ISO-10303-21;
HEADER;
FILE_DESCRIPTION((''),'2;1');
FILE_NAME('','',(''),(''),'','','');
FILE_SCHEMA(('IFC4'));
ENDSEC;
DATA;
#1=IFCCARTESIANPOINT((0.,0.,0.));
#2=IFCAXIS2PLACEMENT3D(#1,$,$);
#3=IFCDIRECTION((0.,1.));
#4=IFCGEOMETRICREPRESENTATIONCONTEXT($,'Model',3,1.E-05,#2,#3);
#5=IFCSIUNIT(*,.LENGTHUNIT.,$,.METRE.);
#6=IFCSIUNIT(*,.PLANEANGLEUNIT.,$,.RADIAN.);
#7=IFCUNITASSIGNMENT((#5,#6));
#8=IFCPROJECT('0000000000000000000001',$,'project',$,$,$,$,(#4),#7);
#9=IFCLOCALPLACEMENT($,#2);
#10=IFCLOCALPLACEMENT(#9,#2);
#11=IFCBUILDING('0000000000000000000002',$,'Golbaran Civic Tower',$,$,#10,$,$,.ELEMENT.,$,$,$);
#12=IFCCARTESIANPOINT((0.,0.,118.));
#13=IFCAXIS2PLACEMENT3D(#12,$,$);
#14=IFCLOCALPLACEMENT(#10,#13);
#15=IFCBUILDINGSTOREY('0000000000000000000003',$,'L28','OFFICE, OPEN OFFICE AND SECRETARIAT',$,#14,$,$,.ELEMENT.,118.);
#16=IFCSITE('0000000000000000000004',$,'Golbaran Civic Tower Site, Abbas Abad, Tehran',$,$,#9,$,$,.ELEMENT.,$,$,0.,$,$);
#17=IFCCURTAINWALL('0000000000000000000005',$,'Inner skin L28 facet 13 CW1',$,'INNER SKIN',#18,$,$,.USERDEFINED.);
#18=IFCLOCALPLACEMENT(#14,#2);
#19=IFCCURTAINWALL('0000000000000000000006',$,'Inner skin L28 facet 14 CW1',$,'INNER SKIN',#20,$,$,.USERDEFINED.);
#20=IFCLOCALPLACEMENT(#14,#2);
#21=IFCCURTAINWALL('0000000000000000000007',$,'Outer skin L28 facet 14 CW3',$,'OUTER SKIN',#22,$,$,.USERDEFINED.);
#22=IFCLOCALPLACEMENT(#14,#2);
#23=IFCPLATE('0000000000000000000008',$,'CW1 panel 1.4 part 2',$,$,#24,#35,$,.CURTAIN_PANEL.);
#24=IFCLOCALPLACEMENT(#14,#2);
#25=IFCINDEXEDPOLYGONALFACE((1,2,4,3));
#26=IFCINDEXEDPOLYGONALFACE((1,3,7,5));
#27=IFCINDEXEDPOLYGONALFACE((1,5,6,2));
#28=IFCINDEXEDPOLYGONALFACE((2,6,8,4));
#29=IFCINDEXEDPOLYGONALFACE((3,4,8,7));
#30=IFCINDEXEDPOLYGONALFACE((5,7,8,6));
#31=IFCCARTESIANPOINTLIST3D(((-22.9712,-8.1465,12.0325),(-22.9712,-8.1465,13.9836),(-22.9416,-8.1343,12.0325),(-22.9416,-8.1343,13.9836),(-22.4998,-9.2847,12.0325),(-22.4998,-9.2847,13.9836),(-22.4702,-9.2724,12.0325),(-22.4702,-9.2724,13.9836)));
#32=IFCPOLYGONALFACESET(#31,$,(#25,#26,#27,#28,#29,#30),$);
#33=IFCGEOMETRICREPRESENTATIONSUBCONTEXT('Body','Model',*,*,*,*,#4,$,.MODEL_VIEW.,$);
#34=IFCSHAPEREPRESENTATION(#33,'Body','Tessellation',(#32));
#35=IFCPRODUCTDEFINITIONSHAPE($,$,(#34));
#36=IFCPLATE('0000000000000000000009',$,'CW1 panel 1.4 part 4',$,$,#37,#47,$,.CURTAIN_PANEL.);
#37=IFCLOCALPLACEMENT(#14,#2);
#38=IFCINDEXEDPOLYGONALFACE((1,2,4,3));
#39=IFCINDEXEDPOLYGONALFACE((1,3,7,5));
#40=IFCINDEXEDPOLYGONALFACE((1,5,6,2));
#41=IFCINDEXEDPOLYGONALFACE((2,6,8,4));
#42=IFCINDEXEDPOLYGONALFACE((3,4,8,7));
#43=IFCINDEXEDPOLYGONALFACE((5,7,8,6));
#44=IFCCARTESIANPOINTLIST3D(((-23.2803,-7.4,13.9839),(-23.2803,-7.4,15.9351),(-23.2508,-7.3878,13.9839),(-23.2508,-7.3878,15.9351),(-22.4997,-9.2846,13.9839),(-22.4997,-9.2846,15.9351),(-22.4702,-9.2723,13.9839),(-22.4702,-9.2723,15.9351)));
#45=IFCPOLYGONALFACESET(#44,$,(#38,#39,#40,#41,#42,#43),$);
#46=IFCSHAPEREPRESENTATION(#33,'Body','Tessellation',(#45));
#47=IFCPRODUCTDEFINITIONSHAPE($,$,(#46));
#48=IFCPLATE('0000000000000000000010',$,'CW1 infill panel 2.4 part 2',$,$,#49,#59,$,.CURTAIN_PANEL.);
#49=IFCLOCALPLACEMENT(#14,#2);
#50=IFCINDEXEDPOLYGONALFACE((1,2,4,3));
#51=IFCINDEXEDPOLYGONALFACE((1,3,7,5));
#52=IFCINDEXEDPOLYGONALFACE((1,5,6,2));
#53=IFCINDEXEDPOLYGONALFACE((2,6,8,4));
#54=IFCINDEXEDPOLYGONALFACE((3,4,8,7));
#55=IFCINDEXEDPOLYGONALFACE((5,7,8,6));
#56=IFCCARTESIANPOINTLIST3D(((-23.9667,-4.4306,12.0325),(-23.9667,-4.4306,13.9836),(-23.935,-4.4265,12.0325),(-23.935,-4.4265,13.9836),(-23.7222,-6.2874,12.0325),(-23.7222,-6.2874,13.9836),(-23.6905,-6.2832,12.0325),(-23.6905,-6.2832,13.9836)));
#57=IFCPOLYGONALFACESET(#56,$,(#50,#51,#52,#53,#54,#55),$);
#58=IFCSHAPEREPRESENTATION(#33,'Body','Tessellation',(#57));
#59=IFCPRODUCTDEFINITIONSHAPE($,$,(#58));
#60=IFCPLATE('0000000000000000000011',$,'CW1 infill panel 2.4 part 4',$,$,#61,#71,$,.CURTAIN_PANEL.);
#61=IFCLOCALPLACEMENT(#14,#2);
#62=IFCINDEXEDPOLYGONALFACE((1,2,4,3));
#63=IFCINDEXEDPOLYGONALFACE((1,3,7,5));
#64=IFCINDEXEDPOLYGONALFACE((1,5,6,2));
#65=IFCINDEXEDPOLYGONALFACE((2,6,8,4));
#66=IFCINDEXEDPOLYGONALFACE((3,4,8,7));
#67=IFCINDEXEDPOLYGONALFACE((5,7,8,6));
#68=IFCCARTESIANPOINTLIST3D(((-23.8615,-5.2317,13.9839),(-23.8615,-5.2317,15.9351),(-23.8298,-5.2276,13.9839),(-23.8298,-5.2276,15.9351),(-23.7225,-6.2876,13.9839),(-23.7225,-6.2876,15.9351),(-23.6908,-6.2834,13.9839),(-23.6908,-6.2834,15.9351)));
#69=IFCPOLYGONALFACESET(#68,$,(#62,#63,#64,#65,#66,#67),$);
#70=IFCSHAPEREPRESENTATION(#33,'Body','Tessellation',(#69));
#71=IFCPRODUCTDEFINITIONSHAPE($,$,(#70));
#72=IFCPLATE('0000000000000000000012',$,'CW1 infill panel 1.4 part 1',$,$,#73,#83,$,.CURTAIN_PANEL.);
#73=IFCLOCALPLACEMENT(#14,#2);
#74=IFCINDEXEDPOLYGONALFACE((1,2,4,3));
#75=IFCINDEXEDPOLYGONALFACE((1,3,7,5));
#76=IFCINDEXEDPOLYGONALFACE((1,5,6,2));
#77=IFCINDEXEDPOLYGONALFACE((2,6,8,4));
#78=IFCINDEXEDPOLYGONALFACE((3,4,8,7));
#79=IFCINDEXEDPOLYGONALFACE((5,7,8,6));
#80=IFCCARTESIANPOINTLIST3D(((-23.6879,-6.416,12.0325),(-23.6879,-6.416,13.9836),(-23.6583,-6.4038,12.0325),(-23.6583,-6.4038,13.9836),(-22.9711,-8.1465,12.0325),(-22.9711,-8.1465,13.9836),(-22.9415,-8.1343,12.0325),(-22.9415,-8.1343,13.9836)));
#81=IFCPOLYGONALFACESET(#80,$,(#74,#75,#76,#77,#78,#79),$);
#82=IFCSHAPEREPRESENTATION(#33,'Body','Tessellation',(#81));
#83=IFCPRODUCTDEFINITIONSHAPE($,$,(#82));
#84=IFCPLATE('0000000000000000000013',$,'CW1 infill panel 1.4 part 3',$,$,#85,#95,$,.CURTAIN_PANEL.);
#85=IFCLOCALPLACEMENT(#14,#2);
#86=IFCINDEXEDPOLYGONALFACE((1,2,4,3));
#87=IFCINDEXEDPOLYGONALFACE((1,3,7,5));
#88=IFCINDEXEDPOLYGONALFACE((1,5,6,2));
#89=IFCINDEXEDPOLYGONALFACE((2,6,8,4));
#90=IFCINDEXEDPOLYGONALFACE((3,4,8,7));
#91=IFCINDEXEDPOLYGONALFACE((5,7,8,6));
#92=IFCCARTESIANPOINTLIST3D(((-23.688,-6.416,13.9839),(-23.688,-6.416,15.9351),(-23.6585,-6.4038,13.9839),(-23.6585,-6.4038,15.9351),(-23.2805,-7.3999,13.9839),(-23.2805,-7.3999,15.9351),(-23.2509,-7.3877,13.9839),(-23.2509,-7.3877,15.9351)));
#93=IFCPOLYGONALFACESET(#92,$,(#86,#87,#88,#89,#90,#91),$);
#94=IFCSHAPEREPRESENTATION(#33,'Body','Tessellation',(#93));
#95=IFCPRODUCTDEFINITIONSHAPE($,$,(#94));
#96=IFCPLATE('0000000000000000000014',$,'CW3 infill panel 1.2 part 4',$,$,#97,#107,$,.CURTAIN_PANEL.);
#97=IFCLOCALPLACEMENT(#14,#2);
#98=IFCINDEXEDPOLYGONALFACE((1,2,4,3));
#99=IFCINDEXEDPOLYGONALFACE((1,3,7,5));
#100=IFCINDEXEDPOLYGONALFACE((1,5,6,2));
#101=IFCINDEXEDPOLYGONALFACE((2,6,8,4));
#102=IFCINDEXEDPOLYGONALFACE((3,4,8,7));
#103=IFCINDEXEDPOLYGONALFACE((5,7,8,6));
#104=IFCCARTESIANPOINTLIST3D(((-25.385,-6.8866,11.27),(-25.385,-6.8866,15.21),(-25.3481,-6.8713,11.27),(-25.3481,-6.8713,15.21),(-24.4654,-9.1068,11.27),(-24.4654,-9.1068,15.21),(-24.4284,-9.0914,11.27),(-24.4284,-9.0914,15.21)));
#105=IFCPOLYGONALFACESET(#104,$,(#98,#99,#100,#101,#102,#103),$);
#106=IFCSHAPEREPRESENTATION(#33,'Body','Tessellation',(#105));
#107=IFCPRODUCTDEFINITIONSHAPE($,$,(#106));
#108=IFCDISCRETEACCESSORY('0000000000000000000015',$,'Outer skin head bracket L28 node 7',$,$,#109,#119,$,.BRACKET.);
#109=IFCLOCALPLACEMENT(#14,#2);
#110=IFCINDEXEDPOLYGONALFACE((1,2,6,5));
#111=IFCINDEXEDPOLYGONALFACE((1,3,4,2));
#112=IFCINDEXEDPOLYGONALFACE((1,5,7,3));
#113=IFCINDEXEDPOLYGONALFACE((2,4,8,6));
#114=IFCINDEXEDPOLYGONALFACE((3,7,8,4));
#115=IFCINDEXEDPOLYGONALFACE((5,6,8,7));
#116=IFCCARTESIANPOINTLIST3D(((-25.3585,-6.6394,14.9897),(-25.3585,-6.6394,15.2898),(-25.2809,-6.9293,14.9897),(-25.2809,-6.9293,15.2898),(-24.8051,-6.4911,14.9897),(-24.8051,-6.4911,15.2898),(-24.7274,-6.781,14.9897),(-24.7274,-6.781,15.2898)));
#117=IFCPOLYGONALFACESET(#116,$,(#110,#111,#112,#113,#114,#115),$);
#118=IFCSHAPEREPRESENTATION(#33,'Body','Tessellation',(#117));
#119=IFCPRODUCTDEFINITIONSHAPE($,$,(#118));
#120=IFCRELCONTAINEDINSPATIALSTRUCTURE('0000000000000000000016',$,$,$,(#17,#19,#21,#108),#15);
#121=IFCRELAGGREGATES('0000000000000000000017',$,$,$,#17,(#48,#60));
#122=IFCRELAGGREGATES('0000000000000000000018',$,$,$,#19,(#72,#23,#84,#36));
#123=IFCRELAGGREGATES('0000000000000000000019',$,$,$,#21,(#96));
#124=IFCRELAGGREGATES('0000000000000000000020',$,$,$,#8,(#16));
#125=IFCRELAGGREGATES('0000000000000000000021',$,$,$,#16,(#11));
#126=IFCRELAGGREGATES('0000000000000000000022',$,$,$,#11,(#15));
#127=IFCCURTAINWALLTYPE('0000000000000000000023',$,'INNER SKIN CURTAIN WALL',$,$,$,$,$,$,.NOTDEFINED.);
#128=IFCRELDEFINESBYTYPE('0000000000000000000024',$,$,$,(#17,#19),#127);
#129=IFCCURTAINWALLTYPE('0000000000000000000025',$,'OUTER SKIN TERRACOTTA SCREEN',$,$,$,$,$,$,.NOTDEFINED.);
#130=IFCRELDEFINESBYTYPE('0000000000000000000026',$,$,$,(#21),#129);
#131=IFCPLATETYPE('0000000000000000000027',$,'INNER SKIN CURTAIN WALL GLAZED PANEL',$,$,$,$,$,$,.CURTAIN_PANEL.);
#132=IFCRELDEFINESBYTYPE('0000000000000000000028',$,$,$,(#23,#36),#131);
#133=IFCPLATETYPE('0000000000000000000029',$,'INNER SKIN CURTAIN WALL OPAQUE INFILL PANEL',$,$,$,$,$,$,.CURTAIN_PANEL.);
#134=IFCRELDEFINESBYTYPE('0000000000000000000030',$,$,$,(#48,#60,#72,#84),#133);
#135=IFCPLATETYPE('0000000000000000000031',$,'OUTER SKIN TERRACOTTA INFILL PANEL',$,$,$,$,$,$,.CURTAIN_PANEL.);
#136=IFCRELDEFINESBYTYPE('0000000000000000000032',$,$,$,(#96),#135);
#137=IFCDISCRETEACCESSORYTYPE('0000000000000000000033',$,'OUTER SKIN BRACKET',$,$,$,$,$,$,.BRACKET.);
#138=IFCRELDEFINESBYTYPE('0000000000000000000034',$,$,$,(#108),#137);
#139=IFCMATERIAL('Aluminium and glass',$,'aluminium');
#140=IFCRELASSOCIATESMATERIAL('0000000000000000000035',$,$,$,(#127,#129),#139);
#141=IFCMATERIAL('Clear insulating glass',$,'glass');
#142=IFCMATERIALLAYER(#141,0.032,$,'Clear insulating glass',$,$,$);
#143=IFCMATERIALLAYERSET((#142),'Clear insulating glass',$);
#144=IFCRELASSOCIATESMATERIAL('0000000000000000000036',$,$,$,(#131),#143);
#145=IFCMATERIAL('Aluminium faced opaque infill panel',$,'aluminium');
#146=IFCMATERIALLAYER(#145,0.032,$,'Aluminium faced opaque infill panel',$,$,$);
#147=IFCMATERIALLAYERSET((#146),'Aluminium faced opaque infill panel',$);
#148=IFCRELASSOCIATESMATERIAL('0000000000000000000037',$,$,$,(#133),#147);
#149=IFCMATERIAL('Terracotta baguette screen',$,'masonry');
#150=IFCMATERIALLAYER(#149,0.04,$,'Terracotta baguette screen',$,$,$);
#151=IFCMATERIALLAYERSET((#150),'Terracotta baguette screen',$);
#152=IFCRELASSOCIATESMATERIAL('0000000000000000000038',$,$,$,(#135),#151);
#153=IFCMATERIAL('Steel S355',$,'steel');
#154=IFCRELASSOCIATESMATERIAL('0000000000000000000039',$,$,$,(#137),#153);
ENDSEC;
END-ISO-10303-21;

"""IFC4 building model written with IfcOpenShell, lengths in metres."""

from ifc_helpers import new_model, si_unit, direction, frame, origin, origin_2d, place, context, subcontext, project, spatial, rectangle, extrude, material, layer, layer_set, type_object, element, aggregate, save


model = new_model("IFC4")

# Units and contexts
model_context = context("Model", 3, precision=1e-05, world=origin(), true_north=direction((0.0, 1.0)))
body_context = subcontext(model_context, "Body", "Model", "MODEL_VIEW")
ifc_project = project(units=[si_unit("LENGTHUNIT", "METRE"), si_unit("PLANEANGLEUNIT", "RADIAN")], contexts=[model_context])

# Site, building, storey
site_placement = place(None, origin())
site = spatial("IfcSite", under=ifc_project, at=site_placement, Name="Golbaran Civic Tower Site, Abbas Abad, Tehran", CompositionType="ELEMENT", RefElevation=0.0)
building_placement = place(site_placement, origin())
building = spatial("IfcBuilding", under=site, at=building_placement, Name="Golbaran Civic Tower", CompositionType="ELEMENT")
storey_placement = place(building_placement, frame((0.0, 0.0, 118.0)))
storey = spatial("IfcBuildingStorey", under=building, at=storey_placement, Name="L28", Description="OFFICE, OPEN OFFICE AND SECRETARIAT", CompositionType="ELEMENT", Elevation=118.0)

# Curtain walls
ifc_material_1 = material(Name="Aluminium and glass", Category="aluminium")
curtain_wall_type_1 = type_object("IfcCurtainWallType", Name="INNER SKIN CURTAIN WALL", PredefinedType="NOTDEFINED", material=ifc_material_1)
curtain_wall_1_placement = place(storey_placement, origin())
curtain_wall_1 = element("IfcCurtainWall", 1, at=curtain_wall_1_placement, inside=storey, type_object=curtain_wall_type_1, Name="Inner skin L28 facet 13 CW1", ObjectType="INNER SKIN", PredefinedType="USERDEFINED")
curtain_wall_2_placement = place(storey_placement, origin())
curtain_wall_2 = element("IfcCurtainWall", 2, at=curtain_wall_2_placement, inside=storey, type_object=curtain_wall_type_1, Name="Inner skin L28 facet 14 CW1", ObjectType="INNER SKIN", PredefinedType="USERDEFINED")

# Curtain wall
curtain_wall_type_2 = type_object("IfcCurtainWallType", Name="OUTER SKIN TERRACOTTA SCREEN", PredefinedType="NOTDEFINED", material=ifc_material_1)
curtain_wall_3_placement = place(storey_placement, origin())
curtain_wall_3 = element("IfcCurtainWall", 3, at=curtain_wall_3_placement, inside=storey, type_object=curtain_wall_type_2, Name="Outer skin L28 facet 14 CW3", ObjectType="OUTER SKIN", PredefinedType="USERDEFINED")

# Plates
ifc_material_2 = material(Name="Clear insulating glass", Category="glass")
ifc_layer_1 = layer(ifc_material_2, 0.032, Name="Clear insulating glass")
ifc_layer_set_1 = layer_set([ifc_layer_1], Name="Clear insulating glass")
plate_type_1 = type_object("IfcPlateType", Name="INNER SKIN CURTAIN WALL GLAZED PANEL", PredefinedType="CURTAIN_PANEL", material=ifc_layer_set_1)
plate_1_placement = place(storey_placement, frame((-22.7207, -8.7095, 12.0325), z_axis=(0.0, 0.0, 1.0), x_axis=(0.382683, -0.92388, 0.0)))
plate_1 = element("IfcPlate", 4, at=plate_1_placement, type_object=plate_type_1, Name="CW1 panel 1.4 part 2", PredefinedType="CURTAIN_PANEL", context=body_context, shape_type="SweptSolid", body=[
    extrude(rectangle(XDim=1.2319, YDim=0.032, at=origin_2d()), origin(), (0.0, 0.0, 1.0), 1.9512),
])
plate_2_placement = place(storey_placement, frame((-22.8752, -8.3362, 13.9839), z_axis=(0.0, 0.0, 1.0), x_axis=(0.382683, -0.92388, 0.0)))
plate_2 = element("IfcPlate", 5, at=plate_2_placement, type_object=plate_type_1, Name="CW1 panel 1.4 part 4", PredefinedType="CURTAIN_PANEL", context=body_context, shape_type="SweptSolid", body=[
    extrude(rectangle(XDim=2.0398, YDim=0.032, at=origin_2d()), origin(), (0.0, 0.0, 1.0), 1.9512),
])
ifc_material_3 = material(Name="Aluminium faced opaque infill panel", Category="aluminium")
ifc_layer_2 = layer(ifc_material_3, 0.032, Name="Aluminium faced opaque infill panel")
ifc_layer_set_2 = layer_set([ifc_layer_2], Name="Aluminium faced opaque infill panel")
plate_type_2 = type_object("IfcPlateType", Name="INNER SKIN CURTAIN WALL OPAQUE INFILL PANEL", PredefinedType="CURTAIN_PANEL", material=ifc_layer_set_2)
plate_3_placement = place(storey_placement, frame((-23.8286, -5.3569, 12.0325), z_axis=(0.0, 0.0, 1.0), x_axis=(0.130526, -0.991445, 0.0)))
plate_3 = element("IfcPlate", 6, at=plate_3_placement, type_object=plate_type_2, Name="CW1 infill panel 2.4 part 2", PredefinedType="CURTAIN_PANEL", context=body_context, shape_type="SweptSolid", body=[
    extrude(rectangle(XDim=1.8728, YDim=0.032, at=origin_2d()), origin(), (0.0, 0.0, 1.0), 1.9512),
])
plate_4_placement = place(storey_placement, frame((-23.7761, -5.7576, 13.9839), z_axis=(0.0, 0.0, 1.0), x_axis=(0.130526, -0.991445, 0.0)))
plate_4 = element("IfcPlate", 7, at=plate_4_placement, type_object=plate_type_2, Name="CW1 infill panel 2.4 part 4", PredefinedType="CURTAIN_PANEL", context=body_context, shape_type="SweptSolid", body=[
    extrude(rectangle(XDim=1.0649, YDim=0.032, at=origin_2d()), origin(), (0.0, 0.0, 1.0), 1.9512),
])
aggregate(curtain_wall_1, [plate_3, plate_4])
plate_5_placement = place(storey_placement, frame((-23.3147, -7.2751, 12.0325), z_axis=(0.0, 0.0, 1.0), x_axis=(0.382683, -0.92388, 0.0)))
plate_5 = element("IfcPlate", 8, at=plate_5_placement, type_object=plate_type_2, Name="CW1 infill panel 1.4 part 1", PredefinedType="CURTAIN_PANEL", context=body_context, shape_type="SweptSolid", body=[
    extrude(rectangle(XDim=1.873, YDim=0.032, at=origin_2d()), origin(), (0.0, 0.0, 1.0), 1.9512),
])
plate_6_placement = place(storey_placement, frame((-23.4695, -6.9019, 13.9839), z_axis=(0.0, 0.0, 1.0), x_axis=(0.382683, -0.92388, 0.0)))
plate_6 = element("IfcPlate", 9, at=plate_6_placement, type_object=plate_type_2, Name="CW1 infill panel 1.4 part 3", PredefinedType="CURTAIN_PANEL", context=body_context, shape_type="SweptSolid", body=[
    extrude(rectangle(XDim=1.0649, YDim=0.032, at=origin_2d()), origin(), (0.0, 0.0, 1.0), 1.9512),
])
aggregate(curtain_wall_2, [plate_5, plate_1, plate_6, plate_2])
ifc_material_4 = material(Name="Terracotta baguette screen", Category="masonry")
ifc_layer_3 = layer(ifc_material_4, 0.04, Name="Terracotta baguette screen")
ifc_layer_set_3 = layer_set([ifc_layer_3], Name="Terracotta baguette screen")
plate_type_3 = type_object("IfcPlateType", Name="OUTER SKIN TERRACOTTA INFILL PANEL", PredefinedType="CURTAIN_PANEL", material=ifc_layer_set_3)
plate_7_placement = place(storey_placement, frame((-24.9067, -7.989, 11.27), z_axis=(0.0, 0.0, 1.0), x_axis=(0.382683, -0.92388, 0.0)))
plate_7 = element("IfcPlate", 10, at=plate_7_placement, type_object=plate_type_3, Name="CW3 infill panel 1.2 part 4", PredefinedType="CURTAIN_PANEL", context=body_context, shape_type="SweptSolid", body=[
    extrude(rectangle(XDim=2.4031, YDim=0.04, at=origin_2d()), origin(), (0.0, 0.0, 1.0), 3.9399),
])
aggregate(curtain_wall_3, [plate_7])

# Discrete accessory
ifc_material_5 = material(Name="Steel S355", Category="steel")
discrete_accessory_type = type_object("IfcDiscreteAccessoryType", Name="OUTER SKIN BRACKET", PredefinedType="BRACKET", material=ifc_material_5)
discrete_accessory_placement = place(storey_placement, frame((-25.043, -6.7102, 14.9897), z_axis=(0.0, 0.0, 1.0), x_axis=(-0.965926, -0.258819, 0.0)))
element("IfcDiscreteAccessory", 11, at=discrete_accessory_placement, inside=storey, type_object=discrete_accessory_type, Name="Outer skin head bracket L28 node 7", PredefinedType="BRACKET", context=body_context, shape_type="SweptSolid", body=[
    extrude(rectangle(XDim=0.573, YDim=0.3, at=origin_2d()), origin(), (0.0, 0.0, 1.0), 0.3),
])

save(model, "model.ifc")
